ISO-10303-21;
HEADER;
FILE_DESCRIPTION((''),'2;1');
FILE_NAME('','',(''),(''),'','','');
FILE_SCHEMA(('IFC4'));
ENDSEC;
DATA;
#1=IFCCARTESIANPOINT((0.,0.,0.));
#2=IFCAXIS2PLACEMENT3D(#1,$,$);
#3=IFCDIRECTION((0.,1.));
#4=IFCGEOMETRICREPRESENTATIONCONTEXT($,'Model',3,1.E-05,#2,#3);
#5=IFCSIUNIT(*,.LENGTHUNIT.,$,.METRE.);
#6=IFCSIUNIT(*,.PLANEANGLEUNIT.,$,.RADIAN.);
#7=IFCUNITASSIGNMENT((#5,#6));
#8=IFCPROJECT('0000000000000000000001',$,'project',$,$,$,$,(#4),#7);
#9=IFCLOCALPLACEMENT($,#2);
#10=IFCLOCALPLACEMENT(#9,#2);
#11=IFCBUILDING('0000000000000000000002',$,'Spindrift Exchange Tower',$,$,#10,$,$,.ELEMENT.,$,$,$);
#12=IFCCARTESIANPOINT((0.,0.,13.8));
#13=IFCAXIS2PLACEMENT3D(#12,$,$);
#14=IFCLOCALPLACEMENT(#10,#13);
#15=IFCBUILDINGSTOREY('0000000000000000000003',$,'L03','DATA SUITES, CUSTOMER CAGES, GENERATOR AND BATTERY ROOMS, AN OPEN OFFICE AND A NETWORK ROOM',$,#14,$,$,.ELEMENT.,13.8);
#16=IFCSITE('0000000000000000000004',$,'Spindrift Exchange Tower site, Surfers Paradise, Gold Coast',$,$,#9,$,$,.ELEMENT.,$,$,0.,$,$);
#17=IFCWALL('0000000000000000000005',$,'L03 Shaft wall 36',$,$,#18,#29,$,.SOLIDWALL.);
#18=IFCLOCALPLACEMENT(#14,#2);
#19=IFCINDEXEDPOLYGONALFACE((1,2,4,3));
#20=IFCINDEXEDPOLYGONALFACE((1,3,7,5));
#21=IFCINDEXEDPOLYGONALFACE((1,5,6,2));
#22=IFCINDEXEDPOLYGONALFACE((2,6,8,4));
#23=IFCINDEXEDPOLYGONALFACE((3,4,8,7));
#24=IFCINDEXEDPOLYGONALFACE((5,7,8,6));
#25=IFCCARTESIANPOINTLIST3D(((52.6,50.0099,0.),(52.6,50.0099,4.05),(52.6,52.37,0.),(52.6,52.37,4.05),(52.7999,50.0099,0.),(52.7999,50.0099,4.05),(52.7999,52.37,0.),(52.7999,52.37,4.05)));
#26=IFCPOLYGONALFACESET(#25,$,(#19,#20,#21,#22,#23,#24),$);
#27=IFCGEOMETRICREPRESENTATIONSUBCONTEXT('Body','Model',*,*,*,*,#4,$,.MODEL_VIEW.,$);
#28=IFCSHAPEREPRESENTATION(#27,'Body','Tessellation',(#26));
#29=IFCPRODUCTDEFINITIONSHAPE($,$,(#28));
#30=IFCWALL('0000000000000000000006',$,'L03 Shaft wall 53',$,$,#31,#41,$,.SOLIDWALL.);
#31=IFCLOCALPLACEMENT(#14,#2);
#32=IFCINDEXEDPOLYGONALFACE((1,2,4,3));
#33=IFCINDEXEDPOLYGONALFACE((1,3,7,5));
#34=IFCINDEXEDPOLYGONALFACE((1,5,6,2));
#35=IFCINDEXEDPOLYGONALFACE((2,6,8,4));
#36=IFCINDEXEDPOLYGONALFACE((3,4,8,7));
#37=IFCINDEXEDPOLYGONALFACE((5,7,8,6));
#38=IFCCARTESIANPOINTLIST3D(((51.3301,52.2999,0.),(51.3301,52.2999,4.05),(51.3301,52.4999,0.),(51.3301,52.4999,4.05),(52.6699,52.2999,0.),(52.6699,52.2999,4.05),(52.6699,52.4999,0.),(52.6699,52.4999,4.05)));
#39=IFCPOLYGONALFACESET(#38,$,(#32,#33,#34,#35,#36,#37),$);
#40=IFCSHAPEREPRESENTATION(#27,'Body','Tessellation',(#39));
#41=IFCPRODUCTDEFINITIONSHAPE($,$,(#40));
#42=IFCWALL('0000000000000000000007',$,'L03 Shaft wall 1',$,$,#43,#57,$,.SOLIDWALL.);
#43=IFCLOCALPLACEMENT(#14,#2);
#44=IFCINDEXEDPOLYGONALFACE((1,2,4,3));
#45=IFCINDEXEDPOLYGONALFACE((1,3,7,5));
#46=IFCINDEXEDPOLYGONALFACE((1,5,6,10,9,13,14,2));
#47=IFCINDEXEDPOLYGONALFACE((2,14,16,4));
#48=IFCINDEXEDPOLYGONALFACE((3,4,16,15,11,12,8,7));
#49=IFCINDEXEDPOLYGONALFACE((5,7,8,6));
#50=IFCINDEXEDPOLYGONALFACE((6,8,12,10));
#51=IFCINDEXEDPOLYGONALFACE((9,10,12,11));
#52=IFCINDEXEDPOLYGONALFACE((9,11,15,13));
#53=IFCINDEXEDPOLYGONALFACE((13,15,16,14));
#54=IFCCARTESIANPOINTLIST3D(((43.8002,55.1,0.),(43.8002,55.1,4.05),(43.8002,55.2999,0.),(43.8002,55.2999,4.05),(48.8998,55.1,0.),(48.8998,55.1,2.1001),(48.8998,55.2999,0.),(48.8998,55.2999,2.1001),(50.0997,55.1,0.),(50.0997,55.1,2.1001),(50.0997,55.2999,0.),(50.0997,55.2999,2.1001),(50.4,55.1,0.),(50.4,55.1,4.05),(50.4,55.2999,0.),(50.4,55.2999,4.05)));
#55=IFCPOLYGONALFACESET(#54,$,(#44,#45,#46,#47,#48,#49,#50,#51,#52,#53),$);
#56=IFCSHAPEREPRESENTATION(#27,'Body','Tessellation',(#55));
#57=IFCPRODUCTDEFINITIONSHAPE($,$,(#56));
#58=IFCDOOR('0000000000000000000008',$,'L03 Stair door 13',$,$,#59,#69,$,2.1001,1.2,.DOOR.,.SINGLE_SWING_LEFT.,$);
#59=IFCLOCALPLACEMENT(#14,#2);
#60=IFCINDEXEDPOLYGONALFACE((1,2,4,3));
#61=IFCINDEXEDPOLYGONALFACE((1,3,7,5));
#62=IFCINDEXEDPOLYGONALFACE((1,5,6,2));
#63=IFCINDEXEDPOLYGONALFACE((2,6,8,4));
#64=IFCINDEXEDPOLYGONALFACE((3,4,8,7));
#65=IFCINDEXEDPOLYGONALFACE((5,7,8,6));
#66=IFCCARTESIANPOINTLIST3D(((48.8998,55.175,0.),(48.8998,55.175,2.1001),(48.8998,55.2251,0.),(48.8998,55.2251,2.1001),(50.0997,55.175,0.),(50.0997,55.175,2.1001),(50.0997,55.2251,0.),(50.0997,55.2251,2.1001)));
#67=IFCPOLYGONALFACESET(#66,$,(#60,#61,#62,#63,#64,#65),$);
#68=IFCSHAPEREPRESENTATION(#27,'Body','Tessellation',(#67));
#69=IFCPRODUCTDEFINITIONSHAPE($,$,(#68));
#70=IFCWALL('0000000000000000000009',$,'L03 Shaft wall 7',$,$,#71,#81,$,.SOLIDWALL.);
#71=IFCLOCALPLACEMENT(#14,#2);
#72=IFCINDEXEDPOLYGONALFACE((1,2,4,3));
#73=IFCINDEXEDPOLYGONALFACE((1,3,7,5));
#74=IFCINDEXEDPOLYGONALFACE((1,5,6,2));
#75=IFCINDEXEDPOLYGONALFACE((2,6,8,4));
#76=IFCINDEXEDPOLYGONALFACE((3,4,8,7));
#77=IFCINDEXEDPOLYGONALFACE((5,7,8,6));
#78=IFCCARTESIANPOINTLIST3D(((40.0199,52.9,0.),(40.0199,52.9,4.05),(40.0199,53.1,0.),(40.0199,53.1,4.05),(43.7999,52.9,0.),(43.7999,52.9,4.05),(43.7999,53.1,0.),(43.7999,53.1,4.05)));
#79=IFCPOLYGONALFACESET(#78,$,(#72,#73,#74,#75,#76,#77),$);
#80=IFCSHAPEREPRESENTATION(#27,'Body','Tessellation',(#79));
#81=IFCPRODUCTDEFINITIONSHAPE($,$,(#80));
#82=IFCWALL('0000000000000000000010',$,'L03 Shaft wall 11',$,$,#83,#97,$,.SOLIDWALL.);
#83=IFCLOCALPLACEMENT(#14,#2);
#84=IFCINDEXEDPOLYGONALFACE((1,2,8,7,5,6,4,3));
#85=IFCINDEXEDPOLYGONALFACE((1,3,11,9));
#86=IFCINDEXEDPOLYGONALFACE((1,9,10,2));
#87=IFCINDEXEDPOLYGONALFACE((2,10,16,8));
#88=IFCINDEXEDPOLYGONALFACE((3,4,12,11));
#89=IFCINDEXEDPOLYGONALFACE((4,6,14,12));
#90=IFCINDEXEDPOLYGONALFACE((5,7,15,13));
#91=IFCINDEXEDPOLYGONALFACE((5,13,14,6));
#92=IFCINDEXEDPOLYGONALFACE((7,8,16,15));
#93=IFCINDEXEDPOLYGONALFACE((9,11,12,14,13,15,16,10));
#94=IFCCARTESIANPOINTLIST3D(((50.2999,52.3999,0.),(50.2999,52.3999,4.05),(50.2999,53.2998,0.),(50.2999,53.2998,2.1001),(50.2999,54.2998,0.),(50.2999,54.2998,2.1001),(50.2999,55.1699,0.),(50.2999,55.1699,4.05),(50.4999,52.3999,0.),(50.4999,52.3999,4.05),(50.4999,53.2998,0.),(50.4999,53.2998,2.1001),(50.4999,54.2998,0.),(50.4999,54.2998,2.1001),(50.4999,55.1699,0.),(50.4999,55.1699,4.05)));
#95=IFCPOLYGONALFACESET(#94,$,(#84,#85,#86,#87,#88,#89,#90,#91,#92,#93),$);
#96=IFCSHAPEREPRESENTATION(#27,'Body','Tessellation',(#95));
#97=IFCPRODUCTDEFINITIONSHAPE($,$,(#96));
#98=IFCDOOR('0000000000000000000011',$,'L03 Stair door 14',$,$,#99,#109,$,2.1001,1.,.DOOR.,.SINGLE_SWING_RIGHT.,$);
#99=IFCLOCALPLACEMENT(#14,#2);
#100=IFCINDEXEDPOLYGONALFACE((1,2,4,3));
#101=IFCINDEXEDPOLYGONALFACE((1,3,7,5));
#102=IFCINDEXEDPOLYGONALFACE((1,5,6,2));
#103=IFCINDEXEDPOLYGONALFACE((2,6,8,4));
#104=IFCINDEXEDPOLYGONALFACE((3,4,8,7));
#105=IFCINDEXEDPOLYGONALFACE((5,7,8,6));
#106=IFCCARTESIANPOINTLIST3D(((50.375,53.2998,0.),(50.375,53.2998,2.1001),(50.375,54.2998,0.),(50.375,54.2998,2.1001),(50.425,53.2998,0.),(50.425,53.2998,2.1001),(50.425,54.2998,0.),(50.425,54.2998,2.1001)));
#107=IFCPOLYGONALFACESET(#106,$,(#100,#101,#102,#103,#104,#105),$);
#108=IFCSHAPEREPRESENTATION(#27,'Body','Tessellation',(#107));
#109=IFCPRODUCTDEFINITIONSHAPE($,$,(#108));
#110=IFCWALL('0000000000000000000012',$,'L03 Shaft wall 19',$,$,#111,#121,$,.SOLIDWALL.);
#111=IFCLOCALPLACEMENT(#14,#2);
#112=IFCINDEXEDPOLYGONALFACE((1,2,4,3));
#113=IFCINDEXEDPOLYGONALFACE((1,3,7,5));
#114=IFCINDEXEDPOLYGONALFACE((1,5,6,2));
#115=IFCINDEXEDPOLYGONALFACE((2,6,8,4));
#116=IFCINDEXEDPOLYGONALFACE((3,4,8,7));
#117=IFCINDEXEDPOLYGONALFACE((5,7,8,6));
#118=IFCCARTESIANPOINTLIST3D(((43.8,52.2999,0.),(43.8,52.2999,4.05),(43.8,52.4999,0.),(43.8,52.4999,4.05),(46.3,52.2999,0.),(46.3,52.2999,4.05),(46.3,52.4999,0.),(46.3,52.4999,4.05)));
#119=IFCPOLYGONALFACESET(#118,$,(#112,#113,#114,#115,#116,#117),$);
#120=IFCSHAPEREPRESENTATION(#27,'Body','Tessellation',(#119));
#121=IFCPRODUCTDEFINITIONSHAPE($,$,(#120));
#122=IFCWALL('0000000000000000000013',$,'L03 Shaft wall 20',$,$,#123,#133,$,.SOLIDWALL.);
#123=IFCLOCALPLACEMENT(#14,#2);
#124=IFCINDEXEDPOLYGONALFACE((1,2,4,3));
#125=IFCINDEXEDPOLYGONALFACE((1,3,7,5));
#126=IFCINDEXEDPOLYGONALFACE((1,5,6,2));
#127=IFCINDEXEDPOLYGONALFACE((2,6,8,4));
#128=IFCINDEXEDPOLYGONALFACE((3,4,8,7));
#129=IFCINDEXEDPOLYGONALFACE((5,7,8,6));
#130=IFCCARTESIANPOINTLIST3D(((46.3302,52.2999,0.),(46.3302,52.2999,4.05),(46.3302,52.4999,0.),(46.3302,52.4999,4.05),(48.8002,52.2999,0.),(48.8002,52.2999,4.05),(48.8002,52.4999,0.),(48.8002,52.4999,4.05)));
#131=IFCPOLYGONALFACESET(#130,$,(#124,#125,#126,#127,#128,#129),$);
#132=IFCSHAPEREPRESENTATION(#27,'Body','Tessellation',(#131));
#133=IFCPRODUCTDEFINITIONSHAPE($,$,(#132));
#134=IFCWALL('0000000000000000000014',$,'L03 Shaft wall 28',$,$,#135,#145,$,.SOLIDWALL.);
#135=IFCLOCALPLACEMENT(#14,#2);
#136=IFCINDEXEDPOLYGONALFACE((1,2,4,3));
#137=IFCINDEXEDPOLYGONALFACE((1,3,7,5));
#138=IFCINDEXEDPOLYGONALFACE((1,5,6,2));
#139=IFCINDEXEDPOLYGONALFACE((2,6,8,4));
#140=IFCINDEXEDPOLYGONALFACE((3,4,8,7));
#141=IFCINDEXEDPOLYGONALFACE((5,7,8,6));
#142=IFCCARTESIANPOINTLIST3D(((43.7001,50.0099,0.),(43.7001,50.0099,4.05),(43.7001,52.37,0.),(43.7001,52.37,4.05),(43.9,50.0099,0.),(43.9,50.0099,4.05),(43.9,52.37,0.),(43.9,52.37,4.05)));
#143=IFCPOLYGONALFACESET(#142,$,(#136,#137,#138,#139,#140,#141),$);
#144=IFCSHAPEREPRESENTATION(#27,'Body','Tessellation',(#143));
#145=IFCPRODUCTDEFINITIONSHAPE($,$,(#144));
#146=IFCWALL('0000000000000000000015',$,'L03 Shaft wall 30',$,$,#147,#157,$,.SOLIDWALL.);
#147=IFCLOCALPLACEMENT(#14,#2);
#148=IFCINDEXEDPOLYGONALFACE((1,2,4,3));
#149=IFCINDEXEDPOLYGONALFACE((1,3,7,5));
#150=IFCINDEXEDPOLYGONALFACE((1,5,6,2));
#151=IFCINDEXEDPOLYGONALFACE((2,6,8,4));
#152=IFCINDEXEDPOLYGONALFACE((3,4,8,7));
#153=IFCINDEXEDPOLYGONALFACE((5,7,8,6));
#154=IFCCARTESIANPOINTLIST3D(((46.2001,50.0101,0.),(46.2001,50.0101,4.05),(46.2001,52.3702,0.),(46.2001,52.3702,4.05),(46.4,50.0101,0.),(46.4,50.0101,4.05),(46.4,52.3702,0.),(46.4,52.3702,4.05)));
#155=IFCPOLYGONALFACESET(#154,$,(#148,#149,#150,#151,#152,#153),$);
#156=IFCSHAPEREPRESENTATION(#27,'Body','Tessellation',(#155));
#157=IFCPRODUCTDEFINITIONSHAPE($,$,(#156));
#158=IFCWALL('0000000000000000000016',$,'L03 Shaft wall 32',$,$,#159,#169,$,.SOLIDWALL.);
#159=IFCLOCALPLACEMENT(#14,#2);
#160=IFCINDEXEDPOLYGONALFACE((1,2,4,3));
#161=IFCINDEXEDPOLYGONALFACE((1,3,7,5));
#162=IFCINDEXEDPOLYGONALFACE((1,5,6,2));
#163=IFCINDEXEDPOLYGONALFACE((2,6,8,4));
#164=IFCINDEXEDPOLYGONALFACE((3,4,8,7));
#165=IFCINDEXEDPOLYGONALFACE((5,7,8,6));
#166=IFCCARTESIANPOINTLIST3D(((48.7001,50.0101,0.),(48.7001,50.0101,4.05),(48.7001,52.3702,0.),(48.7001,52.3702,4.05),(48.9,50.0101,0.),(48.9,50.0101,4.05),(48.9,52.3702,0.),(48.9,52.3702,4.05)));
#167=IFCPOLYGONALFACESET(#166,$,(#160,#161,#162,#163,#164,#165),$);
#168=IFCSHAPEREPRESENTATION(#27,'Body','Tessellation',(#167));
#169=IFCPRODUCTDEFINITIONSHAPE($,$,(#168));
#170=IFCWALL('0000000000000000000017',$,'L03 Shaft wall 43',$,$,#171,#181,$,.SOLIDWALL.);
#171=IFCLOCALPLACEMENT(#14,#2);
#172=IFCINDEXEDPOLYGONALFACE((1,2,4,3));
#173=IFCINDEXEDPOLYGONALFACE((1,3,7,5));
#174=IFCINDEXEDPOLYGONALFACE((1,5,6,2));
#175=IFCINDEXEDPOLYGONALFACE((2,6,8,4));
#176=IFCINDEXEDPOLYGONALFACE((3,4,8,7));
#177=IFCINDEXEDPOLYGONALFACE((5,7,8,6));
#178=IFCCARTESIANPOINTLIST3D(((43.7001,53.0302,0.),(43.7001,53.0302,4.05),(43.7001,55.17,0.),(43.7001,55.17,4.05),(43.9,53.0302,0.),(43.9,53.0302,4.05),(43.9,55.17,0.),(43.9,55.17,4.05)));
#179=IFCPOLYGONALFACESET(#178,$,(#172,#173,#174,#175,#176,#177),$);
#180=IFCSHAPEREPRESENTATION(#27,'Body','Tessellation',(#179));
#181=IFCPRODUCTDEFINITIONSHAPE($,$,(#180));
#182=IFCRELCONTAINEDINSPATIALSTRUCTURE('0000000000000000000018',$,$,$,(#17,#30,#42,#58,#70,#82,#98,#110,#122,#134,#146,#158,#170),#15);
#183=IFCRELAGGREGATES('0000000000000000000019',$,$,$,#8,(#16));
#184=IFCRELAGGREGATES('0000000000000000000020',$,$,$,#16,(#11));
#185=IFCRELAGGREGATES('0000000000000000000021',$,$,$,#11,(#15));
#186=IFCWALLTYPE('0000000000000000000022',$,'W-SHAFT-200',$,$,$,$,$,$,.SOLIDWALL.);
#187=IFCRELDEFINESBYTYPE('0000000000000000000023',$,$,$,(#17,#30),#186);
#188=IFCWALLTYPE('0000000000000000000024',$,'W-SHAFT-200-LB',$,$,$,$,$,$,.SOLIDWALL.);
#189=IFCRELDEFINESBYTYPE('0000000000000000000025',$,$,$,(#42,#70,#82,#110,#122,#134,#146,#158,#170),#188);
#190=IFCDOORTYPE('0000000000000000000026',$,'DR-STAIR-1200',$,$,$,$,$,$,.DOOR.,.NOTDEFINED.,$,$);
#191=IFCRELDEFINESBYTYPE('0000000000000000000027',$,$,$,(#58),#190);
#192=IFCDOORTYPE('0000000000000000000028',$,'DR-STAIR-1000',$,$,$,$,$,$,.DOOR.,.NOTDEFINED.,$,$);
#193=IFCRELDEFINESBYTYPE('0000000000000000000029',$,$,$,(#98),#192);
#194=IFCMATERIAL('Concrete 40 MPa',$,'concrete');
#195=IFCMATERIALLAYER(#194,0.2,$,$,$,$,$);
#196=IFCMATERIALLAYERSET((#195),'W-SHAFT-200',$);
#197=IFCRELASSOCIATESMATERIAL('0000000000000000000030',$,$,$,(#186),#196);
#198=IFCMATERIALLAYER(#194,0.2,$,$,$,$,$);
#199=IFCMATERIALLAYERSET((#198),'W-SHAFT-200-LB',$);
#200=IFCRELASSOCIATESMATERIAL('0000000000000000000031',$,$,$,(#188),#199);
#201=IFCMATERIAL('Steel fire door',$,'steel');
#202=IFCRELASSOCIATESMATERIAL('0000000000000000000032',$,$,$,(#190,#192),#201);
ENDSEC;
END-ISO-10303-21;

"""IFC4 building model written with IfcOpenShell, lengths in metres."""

from ifc_helpers import new_model, si_unit, direction, frame, frame_2d, origin, place, context, subcontext, project, spatial, rectangle, extrude, source, transform, mapped, material, layer, layer_set, type_object, element, fill, save


model = new_model("IFC4")

# Units and contexts
model_context = context("Model", 3, precision=1e-05, world=origin(), true_north=direction((0.0, 1.0)))
body_context = subcontext(model_context, "Body", "Model", "MODEL_VIEW")
ifc_project = project(units=[si_unit("LENGTHUNIT", "METRE"), si_unit("PLANEANGLEUNIT", "RADIAN")], contexts=[model_context])

# Site, building, storey
site_placement = place(None, origin())
site = spatial("IfcSite", under=ifc_project, at=site_placement, Name="Spindrift Exchange Tower site, Surfers Paradise, Gold Coast", CompositionType="ELEMENT", RefElevation=0.0)
building_placement = place(site_placement, origin())
building = spatial("IfcBuilding", under=site, at=building_placement, Name="Spindrift Exchange Tower", CompositionType="ELEMENT")
storey_placement = place(building_placement, frame((0.0, 0.0, 13.8)))
storey = spatial("IfcBuildingStorey", under=building, at=storey_placement, Name="L03", Description="DATA SUITES, CUSTOMER CAGES, GENERATOR AND BATTERY ROOMS, AN OPEN OFFICE AND A NETWORK ROOM", CompositionType="ELEMENT", Elevation=13.8)

# Walls
ifc_material_1 = material(Name="Concrete 40 MPa", Category="concrete")
ifc_layer_1 = layer(ifc_material_1, 0.2)
ifc_layer_set_1 = layer_set([ifc_layer_1], Name="W-SHAFT-200")
wall_type_1 = type_object("IfcWallType", Name="W-SHAFT-200", PredefinedType="SOLIDWALL", material=ifc_layer_set_1)
wall_1_placement = place(storey_placement, frame((52.7, 52.3701, 0.0), z_axis=(0.0, 0.0, 1.0), x_axis=(0.0, -1.0, 0.0)))
element("IfcWall", 1, at=wall_1_placement, inside=storey, type_object=wall_type_1, Name="L03 Shaft wall 36", PredefinedType="SOLIDWALL", context=body_context, shape_type="SweptSolid", body=[
    extrude(rectangle(XDim=2.3601, YDim=0.2, at=frame_2d((1.1802, 0.0))), origin(), (0.0, 0.0, 1.0), 4.05),
])
wall_2_placement = place(storey_placement, frame((51.3301, 52.3999, 0.0), z_axis=(0.0, 0.0, 1.0), x_axis=(1.0, 0.0, 0.0)))
element("IfcWall", 2, at=wall_2_placement, inside=storey, type_object=wall_type_1, Name="L03 Shaft wall 53", PredefinedType="SOLIDWALL", context=body_context, shape_type="SweptSolid", body=[
    extrude(rectangle(XDim=1.3398, YDim=0.2, at=frame_2d((0.6699, 0.0))), origin(), (0.0, 0.0, 1.0), 4.05),
])

# Wall, opening, door
ifc_layer_2 = layer(ifc_material_1, 0.2)
ifc_layer_set_2 = layer_set([ifc_layer_2], Name="W-SHAFT-200-LB")
wall_type_2 = type_object("IfcWallType", Name="W-SHAFT-200-LB", PredefinedType="SOLIDWALL", material=ifc_layer_set_2)
wall_3_placement = place(storey_placement, frame((50.3999, 55.2, 0.0), z_axis=(0.0, 0.0, 1.0), x_axis=(-1.0, 0.0, 0.0)))
wall_3 = element("IfcWall", 3, at=wall_3_placement, inside=storey, type_object=wall_type_2, Name="L03 Shaft wall 1", PredefinedType="SOLIDWALL", context=body_context, shape_type="SweptSolid", body=[
    extrude(rectangle(XDim=6.5999, YDim=0.2, at=frame_2d((3.2998, 0.0))), origin(), (0.0, 0.0, 1.0), 4.05),
])
opening_1_placement = place(wall_3_placement, frame((0.3, 0.0, 0.0)))
opening_1 = element("IfcOpeningElement", 4, at=opening_1_placement, cuts=wall_3, PredefinedType="OPENING", context=body_context, shape_type="SweptSolid", body=[
    extrude(rectangle(XDim=1.2, YDim=2.1001, at=frame_2d((0.6001, 1.05))), frame((0.0, 0.1099, 0.0), z_axis=(0.0, -1.0, 0.0), x_axis=(1.0, 0.0, 0.0)), (0.0, 0.0, 1.0), 0.22),
])
ifc_material_2 = material(Name="Steel fire door", Category="steel")
door_type_1 = type_object("IfcDoorType", Name="DR-STAIR-1200", OperationType="NOTDEFINED", PredefinedType="DOOR", material=ifc_material_2)
shared_shape_1 = source(origin(), body_context, "Body", "SweptSolid", [
    extrude(rectangle(XDim=1.2, YDim=2.1001, at=frame_2d((0.6001, 1.05))), frame((0.0, 0.0249, 0.0), z_axis=(0.0, -1.0, 0.0), x_axis=(1.0, 0.0, 0.0)), (0.0, 0.0, 1.0), 0.05),
])
door_1_placement = place(opening_1_placement, origin())
door_1 = element("IfcDoor", 5, at=door_1_placement, inside=storey, type_object=door_type_1, Name="L03 Stair door 13", OperationType="SINGLE_SWING_LEFT", OverallHeight=2.1001, OverallWidth=1.2, PredefinedType="DOOR", context=body_context, shape_type="MappedRepresentation", body=[
    mapped(shared_shape_1, transform((0.0, 0.0, 0.0), scale=1.0)),
])
fill(opening_1, door_1)

# Wall
wall_4_placement = place(storey_placement, frame((43.8, 53.0, 0.0), z_axis=(0.0, 0.0, 1.0), x_axis=(-1.0, 0.0, 0.0)))
element("IfcWall", 6, at=wall_4_placement, inside=storey, type_object=wall_type_2, Name="L03 Shaft wall 7", PredefinedType="SOLIDWALL", context=body_context, shape_type="SweptSolid", body=[
    extrude(rectangle(XDim=3.78, YDim=0.2, at=frame_2d((1.8901, 0.0))), origin(), (0.0, 0.0, 1.0), 4.05),
])

# Wall, opening, door
wall_5_placement = place(storey_placement, frame((50.3999, 52.3999, 0.0), z_axis=(0.0, 0.0, 1.0), x_axis=(0.0, 1.0, 0.0)))
wall_5 = element("IfcWall", 7, at=wall_5_placement, inside=storey, type_object=wall_type_2, Name="L03 Shaft wall 11", PredefinedType="SOLIDWALL", context=body_context, shape_type="SweptSolid", body=[
    extrude(rectangle(XDim=2.77, YDim=0.2, at=frame_2d((1.385, 0.0))), origin(), (0.0, 0.0, 1.0), 4.05),
])
opening_2_placement = place(wall_5_placement, frame((0.8999, 0.0, 0.0)))
opening_2 = element("IfcOpeningElement", 8, at=opening_2_placement, cuts=wall_5, PredefinedType="OPENING", context=body_context, shape_type="SweptSolid", body=[
    extrude(rectangle(XDim=1.0, YDim=2.1001, at=frame_2d((0.5, 1.05))), frame((0.0, 0.1099, 0.0), z_axis=(0.0, -1.0, 0.0), x_axis=(1.0, 0.0, 0.0)), (0.0, 0.0, 1.0), 0.22),
])
door_type_2 = type_object("IfcDoorType", Name="DR-STAIR-1000", OperationType="NOTDEFINED", PredefinedType="DOOR", material=ifc_material_2)
shared_shape_2 = source(origin(), body_context, "Body", "SweptSolid", [
    extrude(rectangle(XDim=1.0, YDim=2.1001, at=frame_2d((0.5, 1.05))), frame((0.0, 0.0249, 0.0), z_axis=(0.0, -1.0, 0.0), x_axis=(1.0, 0.0, 0.0)), (0.0, 0.0, 1.0), 0.05),
])
door_2_placement = place(opening_2_placement, origin())
door_2 = element("IfcDoor", 9, at=door_2_placement, inside=storey, type_object=door_type_2, Name="L03 Stair door 14", OperationType="SINGLE_SWING_RIGHT", OverallHeight=2.1001, OverallWidth=1.0, PredefinedType="DOOR", context=body_context, shape_type="MappedRepresentation", body=[
    mapped(shared_shape_2, transform((0.0, 0.0, 0.0), scale=1.0)),
])
fill(opening_2, door_2)

# Walls
wall_6_placement = place(storey_placement, frame((46.3, 52.3999, 0.0), z_axis=(0.0, 0.0, 1.0), x_axis=(-1.0, 0.0, 0.0)))
element("IfcWall", 10, at=wall_6_placement, inside=storey, type_object=wall_type_2, Name="L03 Shaft wall 19", PredefinedType="SOLIDWALL", context=body_context, shape_type="SweptSolid", body=[
    extrude(rectangle(XDim=2.5, YDim=0.2, at=frame_2d((1.25, 0.0))), origin(), (0.0, 0.0, 1.0), 4.05),
])
wall_7_placement = place(storey_placement, frame((48.8, 52.3999, 0.0), z_axis=(0.0, 0.0, 1.0), x_axis=(-1.0, 0.0, 0.0)))
element("IfcWall", 11, at=wall_7_placement, inside=storey, type_object=wall_type_2, Name="L03 Shaft wall 20", PredefinedType="SOLIDWALL", context=body_context, shape_type="SweptSolid", body=[
    extrude(rectangle(XDim=2.47, YDim=0.2, at=frame_2d((1.2349, 0.0))), origin(), (0.0, 0.0, 1.0), 4.05),
])
for number, where, z_axis, x_axis, name in (
    (12, (43.8, 52.3701, 0.0), (0.0, 0.0, 1.0), (0.0, -1.0, 0.0), "L03 Shaft wall 28"),
    (13, (46.3, 50.01, 0.0), (0.0, 0.0, 1.0), (0.0, 1.0, 0.0), "L03 Shaft wall 30"),
    (14, (48.8, 50.01, 0.0), (0.0, 0.0, 1.0), (0.0, 1.0, 0.0), "L03 Shaft wall 32"),
):
    element("IfcWall", number, at=place(storey_placement, frame(where, z_axis=z_axis, x_axis=x_axis)), inside=storey, type_object=wall_type_2, Name=name, PredefinedType="SOLIDWALL", context=body_context, shape_type="SweptSolid", body=[
        extrude(rectangle(XDim=2.3601, YDim=0.2, at=frame_2d((1.1802, 0.0))), origin(), (0.0, 0.0, 1.0), 4.05),
    ])
wall_8_placement = place(storey_placement, frame((43.8, 55.1699, 0.0), z_axis=(0.0, 0.0, 1.0), x_axis=(0.0, -1.0, 0.0)))
element("IfcWall", 15, at=wall_8_placement, inside=storey, type_object=wall_type_2, Name="L03 Shaft wall 43", PredefinedType="SOLIDWALL", context=body_context, shape_type="SweptSolid", body=[
    extrude(rectangle(XDim=2.1399, YDim=0.2, at=frame_2d((1.0698, 0.0))), origin(), (0.0, 0.0, 1.0), 4.05),
])

save(model, "model.ifc")
